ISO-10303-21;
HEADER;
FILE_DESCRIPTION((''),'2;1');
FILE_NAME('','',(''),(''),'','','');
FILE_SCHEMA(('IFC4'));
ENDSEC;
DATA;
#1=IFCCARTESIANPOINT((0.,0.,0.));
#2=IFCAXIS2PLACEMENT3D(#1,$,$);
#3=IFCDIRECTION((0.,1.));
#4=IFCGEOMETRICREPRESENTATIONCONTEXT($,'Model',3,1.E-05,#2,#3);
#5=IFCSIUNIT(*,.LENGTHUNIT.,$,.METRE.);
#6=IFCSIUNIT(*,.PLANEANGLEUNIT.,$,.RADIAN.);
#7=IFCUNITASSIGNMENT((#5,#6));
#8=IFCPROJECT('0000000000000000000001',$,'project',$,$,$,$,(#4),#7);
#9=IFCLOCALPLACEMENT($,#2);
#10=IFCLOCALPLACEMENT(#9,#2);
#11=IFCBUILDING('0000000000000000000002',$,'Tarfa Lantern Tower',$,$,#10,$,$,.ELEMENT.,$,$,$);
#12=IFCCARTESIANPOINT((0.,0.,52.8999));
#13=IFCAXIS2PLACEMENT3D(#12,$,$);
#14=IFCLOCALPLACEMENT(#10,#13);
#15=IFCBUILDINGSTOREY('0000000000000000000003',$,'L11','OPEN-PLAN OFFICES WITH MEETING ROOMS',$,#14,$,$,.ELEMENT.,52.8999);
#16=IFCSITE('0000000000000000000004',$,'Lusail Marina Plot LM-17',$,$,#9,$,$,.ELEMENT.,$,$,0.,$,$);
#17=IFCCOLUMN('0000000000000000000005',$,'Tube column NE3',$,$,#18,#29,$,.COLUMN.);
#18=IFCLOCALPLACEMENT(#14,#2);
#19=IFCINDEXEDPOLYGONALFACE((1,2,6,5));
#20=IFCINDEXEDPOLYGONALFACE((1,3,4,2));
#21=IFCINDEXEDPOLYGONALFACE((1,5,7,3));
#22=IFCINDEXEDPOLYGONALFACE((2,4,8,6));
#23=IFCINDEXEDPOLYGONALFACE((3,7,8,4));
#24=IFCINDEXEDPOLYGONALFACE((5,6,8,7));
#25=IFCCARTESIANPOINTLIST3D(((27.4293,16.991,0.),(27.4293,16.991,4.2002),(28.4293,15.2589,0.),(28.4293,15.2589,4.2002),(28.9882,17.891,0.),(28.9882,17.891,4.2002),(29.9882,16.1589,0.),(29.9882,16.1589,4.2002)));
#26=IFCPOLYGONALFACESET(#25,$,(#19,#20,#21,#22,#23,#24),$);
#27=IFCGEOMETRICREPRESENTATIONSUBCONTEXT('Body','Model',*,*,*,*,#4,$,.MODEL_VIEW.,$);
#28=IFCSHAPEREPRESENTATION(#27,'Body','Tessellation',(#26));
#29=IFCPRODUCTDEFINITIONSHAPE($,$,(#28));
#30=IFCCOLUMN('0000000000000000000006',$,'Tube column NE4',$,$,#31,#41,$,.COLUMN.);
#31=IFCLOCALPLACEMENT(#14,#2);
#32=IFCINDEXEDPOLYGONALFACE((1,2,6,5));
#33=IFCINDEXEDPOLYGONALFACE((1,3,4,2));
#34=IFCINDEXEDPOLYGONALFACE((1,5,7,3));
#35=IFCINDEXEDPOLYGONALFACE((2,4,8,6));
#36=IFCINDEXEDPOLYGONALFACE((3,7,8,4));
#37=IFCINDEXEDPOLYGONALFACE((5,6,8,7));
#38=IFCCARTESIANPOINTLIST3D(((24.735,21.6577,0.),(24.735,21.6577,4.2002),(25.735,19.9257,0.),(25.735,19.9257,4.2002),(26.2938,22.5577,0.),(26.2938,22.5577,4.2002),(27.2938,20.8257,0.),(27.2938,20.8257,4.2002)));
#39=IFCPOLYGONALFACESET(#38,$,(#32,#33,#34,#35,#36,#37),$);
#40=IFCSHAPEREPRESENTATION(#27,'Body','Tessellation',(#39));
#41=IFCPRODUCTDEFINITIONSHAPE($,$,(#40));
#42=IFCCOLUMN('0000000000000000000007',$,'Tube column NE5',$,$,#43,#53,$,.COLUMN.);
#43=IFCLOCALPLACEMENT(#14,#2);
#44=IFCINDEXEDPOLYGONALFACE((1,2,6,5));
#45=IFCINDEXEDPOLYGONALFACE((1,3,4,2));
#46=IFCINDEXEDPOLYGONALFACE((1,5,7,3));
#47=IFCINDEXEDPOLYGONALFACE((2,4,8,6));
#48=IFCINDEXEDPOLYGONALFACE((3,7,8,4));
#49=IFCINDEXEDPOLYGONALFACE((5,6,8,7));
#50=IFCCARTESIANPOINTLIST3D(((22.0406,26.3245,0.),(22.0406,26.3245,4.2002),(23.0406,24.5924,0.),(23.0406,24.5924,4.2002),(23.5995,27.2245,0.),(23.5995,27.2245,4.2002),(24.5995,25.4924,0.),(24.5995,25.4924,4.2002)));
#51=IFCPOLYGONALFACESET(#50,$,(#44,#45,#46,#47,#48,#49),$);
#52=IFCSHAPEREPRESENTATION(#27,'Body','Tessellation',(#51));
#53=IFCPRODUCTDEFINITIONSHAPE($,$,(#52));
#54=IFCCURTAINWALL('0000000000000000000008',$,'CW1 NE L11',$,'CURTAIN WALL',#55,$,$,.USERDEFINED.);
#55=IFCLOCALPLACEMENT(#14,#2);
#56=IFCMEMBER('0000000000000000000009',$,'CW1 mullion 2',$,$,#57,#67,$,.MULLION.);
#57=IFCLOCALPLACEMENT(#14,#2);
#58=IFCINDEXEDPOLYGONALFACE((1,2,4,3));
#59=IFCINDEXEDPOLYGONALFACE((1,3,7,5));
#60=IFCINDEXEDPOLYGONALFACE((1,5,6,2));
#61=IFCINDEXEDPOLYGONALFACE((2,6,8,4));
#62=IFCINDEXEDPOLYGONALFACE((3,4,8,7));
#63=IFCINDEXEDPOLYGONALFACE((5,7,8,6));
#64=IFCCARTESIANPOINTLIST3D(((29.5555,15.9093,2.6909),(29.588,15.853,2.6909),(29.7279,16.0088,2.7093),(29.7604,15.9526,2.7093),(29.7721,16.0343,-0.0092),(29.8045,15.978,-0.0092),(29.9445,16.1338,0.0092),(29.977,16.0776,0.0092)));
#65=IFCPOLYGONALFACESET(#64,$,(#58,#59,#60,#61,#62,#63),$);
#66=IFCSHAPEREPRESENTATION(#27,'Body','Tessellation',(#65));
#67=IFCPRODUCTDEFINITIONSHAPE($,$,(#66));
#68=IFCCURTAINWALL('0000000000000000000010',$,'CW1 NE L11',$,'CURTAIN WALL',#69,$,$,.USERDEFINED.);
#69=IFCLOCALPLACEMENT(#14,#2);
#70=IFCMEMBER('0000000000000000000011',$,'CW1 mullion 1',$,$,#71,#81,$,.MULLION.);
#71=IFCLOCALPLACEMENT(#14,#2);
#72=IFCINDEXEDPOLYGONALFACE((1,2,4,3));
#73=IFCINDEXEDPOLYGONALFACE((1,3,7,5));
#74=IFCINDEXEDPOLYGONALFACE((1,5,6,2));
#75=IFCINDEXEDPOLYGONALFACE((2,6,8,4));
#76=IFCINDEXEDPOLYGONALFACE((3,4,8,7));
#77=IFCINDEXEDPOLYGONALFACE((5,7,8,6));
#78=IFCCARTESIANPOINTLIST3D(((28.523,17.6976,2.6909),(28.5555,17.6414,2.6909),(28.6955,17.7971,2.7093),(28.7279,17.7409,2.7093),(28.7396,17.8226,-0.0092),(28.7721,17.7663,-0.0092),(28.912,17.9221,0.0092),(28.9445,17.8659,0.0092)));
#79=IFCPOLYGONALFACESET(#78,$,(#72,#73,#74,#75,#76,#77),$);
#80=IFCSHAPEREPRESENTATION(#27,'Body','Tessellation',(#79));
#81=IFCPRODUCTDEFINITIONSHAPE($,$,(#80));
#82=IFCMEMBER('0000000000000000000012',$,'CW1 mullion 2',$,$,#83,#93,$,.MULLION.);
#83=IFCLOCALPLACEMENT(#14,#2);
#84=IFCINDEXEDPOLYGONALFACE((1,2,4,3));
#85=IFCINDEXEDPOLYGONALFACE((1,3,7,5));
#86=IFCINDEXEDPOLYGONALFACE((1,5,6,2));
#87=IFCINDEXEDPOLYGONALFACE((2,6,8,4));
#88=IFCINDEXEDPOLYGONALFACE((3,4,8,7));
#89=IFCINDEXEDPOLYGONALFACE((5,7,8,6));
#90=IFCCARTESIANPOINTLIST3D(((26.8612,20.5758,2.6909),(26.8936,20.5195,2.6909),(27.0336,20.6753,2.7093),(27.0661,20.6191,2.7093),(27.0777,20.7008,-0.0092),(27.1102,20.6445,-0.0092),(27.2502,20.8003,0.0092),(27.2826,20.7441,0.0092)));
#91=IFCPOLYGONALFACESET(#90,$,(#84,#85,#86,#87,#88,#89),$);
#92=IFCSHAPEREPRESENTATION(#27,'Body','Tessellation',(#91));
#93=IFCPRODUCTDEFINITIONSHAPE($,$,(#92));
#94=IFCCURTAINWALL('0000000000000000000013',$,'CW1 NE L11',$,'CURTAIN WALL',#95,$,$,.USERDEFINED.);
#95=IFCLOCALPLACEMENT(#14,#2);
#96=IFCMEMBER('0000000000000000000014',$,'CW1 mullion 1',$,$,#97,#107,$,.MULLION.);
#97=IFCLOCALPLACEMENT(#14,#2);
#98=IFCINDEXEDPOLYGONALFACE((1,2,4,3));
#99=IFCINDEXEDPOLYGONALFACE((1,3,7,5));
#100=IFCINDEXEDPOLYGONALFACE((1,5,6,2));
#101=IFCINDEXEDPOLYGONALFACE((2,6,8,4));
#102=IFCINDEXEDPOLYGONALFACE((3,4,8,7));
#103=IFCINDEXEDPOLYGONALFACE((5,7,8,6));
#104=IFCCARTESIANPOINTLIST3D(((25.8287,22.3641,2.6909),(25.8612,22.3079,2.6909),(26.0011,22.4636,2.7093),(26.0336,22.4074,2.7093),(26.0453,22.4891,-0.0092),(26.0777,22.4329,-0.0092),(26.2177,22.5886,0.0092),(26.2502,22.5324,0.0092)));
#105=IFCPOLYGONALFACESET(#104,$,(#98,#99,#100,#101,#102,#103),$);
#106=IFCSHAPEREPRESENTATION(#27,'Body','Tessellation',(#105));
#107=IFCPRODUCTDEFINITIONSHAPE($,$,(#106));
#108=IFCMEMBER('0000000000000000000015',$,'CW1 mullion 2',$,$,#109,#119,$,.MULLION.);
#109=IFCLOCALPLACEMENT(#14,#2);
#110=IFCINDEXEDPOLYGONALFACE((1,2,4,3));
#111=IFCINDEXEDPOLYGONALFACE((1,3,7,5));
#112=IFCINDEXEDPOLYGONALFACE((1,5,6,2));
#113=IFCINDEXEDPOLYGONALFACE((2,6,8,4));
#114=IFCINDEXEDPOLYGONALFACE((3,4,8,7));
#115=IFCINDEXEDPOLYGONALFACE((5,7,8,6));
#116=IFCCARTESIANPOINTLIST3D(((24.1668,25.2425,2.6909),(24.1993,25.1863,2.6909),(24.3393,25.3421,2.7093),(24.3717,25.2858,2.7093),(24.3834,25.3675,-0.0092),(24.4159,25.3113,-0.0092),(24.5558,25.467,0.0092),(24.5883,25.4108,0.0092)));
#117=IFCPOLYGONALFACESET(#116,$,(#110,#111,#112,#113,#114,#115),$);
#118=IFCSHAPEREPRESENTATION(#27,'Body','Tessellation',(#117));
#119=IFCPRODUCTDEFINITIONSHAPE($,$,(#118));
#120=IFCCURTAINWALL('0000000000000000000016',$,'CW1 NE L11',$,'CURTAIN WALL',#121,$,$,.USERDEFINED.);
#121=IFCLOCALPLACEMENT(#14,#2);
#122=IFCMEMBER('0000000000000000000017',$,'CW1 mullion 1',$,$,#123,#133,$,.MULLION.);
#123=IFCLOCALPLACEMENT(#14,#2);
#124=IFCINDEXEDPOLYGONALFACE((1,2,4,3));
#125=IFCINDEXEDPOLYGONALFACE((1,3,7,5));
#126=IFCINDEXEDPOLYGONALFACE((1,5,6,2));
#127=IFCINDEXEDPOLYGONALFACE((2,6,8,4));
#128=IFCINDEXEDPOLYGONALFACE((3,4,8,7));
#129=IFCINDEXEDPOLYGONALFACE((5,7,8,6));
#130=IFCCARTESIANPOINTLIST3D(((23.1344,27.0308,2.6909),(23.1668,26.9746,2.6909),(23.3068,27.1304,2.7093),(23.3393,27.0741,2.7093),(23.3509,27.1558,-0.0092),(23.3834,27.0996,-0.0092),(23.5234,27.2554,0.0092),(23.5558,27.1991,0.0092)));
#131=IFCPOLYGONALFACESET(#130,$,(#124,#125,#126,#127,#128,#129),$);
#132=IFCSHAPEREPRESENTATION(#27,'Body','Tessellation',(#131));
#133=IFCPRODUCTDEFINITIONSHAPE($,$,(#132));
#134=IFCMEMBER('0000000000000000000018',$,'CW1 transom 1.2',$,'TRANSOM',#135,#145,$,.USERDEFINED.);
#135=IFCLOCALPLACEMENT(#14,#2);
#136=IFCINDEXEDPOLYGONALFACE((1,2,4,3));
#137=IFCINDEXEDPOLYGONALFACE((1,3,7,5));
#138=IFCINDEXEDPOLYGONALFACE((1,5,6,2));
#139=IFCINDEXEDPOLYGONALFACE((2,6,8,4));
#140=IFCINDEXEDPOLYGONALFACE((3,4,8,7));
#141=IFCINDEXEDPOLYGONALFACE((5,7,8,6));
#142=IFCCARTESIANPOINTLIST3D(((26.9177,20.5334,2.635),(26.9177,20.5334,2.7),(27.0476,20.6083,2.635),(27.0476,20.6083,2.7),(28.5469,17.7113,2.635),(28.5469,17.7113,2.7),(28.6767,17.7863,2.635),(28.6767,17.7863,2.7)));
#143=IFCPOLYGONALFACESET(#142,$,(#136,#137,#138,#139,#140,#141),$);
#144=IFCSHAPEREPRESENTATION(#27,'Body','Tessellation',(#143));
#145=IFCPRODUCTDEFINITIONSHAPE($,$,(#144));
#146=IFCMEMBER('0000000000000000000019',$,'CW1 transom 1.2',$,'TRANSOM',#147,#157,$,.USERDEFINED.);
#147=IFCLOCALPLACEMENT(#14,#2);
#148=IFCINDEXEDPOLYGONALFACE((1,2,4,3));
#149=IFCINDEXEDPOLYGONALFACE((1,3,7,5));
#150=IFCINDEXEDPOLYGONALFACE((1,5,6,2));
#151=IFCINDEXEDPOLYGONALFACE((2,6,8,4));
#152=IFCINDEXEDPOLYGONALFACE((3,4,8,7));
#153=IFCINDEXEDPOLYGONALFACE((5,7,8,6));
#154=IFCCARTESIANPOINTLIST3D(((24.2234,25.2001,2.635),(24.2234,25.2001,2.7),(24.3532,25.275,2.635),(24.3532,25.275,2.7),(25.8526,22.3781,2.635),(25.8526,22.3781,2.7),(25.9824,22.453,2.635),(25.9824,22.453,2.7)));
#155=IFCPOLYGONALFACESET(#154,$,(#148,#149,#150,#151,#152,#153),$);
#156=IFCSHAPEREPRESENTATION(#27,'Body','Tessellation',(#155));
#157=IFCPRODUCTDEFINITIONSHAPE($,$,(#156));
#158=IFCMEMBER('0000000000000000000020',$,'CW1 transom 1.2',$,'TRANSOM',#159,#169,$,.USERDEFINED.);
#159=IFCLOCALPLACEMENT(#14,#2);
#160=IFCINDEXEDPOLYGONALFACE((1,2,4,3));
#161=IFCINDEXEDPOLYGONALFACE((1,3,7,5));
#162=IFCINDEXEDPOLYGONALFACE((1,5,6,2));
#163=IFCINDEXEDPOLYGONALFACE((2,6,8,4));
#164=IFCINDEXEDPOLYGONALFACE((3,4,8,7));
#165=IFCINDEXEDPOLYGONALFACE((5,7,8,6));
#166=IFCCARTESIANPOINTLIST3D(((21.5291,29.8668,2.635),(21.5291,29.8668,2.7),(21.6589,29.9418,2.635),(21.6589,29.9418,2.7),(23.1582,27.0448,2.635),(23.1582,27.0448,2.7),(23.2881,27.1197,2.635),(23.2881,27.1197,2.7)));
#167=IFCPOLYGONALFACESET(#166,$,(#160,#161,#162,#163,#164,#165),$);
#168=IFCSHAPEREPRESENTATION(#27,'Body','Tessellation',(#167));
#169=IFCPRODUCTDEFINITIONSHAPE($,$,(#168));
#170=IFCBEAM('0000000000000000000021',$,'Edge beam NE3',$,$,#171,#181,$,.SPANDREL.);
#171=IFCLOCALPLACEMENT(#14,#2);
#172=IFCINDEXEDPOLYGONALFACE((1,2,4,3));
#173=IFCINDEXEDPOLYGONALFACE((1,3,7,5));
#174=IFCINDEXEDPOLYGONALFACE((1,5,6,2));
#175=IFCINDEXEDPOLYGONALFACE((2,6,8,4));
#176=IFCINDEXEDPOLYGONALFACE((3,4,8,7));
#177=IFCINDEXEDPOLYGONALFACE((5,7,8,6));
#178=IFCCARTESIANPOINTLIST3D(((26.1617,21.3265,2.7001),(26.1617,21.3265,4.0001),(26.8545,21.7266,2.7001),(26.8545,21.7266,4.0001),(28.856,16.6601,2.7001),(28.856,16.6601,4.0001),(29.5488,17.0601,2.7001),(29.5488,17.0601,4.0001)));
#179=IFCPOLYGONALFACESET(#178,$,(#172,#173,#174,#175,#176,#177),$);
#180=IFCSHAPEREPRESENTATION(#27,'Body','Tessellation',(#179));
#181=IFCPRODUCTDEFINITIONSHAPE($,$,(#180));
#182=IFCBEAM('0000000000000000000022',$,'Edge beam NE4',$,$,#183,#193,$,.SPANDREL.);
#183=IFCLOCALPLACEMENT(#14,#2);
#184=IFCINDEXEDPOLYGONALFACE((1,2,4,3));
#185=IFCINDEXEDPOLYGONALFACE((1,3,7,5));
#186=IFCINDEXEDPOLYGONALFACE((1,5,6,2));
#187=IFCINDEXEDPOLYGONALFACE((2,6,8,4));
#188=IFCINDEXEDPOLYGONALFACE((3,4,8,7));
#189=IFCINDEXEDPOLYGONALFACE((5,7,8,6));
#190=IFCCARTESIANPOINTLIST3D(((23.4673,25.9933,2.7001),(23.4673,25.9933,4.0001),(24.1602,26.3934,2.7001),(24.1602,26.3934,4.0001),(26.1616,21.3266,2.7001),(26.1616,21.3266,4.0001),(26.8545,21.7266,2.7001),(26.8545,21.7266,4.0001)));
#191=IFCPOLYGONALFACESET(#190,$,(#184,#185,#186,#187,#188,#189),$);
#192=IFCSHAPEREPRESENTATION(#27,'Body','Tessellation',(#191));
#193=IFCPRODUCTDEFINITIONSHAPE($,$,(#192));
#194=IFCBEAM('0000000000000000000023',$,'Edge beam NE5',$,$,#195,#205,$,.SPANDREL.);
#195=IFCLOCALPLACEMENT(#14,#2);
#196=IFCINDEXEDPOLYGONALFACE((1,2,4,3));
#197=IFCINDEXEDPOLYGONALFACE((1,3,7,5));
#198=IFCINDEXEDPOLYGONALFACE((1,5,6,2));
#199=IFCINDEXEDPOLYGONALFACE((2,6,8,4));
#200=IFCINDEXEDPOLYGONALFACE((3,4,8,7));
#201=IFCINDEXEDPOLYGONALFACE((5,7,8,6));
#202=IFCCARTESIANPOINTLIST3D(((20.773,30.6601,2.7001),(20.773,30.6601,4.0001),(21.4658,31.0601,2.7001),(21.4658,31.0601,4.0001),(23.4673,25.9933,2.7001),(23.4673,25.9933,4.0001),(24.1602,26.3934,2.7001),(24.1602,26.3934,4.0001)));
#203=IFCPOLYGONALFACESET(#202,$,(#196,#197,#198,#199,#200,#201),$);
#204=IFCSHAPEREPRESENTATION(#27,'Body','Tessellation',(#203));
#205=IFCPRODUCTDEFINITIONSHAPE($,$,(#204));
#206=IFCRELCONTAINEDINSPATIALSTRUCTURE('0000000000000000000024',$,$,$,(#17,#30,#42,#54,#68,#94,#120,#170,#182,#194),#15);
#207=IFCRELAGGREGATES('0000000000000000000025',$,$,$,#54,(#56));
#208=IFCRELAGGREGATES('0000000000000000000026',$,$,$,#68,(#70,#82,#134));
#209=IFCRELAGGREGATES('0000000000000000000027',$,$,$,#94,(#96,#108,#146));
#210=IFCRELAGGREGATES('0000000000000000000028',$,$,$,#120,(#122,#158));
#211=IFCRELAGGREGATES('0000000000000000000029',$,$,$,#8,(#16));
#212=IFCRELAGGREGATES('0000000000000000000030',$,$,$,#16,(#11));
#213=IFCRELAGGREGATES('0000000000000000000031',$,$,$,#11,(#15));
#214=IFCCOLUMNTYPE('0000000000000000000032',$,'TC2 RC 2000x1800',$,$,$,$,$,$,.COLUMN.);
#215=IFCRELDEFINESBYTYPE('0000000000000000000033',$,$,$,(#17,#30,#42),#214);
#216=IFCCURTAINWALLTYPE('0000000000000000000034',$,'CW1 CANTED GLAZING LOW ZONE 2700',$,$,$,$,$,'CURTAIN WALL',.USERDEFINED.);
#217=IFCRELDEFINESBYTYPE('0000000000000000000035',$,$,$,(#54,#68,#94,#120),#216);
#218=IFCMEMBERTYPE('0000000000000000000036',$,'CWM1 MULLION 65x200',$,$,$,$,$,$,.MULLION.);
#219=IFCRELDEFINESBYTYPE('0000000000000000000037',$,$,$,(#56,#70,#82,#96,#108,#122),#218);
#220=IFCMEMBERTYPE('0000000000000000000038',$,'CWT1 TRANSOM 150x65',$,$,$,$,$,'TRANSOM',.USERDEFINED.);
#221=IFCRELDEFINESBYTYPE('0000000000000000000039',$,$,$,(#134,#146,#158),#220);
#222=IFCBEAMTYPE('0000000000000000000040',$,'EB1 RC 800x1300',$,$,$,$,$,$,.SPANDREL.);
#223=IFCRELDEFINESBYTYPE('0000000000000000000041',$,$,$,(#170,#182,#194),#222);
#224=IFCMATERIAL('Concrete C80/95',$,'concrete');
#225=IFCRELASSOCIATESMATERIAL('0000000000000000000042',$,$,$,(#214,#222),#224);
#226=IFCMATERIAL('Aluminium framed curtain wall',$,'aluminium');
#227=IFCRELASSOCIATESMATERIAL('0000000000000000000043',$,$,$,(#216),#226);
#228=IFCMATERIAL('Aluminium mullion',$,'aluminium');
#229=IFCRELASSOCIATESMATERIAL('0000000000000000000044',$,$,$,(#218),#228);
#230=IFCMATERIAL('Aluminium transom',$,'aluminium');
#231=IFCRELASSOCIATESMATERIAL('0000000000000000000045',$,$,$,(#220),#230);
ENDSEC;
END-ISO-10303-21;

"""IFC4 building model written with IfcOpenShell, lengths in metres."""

from ifc_helpers import new_model, si_unit, direction, frame, origin, origin_2d, place, context, subcontext, project, spatial, rectangle, extrude, material, material_profile, profile_set, type_object, element, aggregate, save


model = new_model("IFC4")

# Units and contexts
model_context = context("Model", 3, precision=1e-05, world=origin(), true_north=direction((0.0, 1.0)))
body_context = subcontext(model_context, "Body", "Model", "MODEL_VIEW")
ifc_project = project(units=[si_unit("LENGTHUNIT", "METRE"), si_unit("PLANEANGLEUNIT", "RADIAN")], contexts=[model_context])

# Site, building, storey
site_placement = place(None, origin())
site = spatial("IfcSite", under=ifc_project, at=site_placement, Name="Lusail Marina Plot LM-17", CompositionType="ELEMENT", RefElevation=0.0)
building_placement = place(site_placement, origin())
building = spatial("IfcBuilding", under=site, at=building_placement, Name="Tarfa Lantern Tower", CompositionType="ELEMENT")
storey_placement = place(building_placement, frame((0.0, 0.0, 52.8999)))
storey = spatial("IfcBuildingStorey", under=building, at=storey_placement, Name="L11", Description="OPEN-PLAN OFFICES WITH MEETING ROOMS", CompositionType="ELEMENT", Elevation=52.8999)

# Columns
ifc_material_1 = material(Name="Concrete C80/95", Category="concrete")
ifc_material_profile_1 = material_profile(ifc_material_1, rectangle(XDim=2.0, YDim=1.8, at=origin_2d()), Name="RC 2000x1800")
ifc_profile_set_1 = profile_set([ifc_material_profile_1], Name="Concrete C80/95")
column_type = type_object("IfcColumnType", Name="TC2 RC 2000x1800", PredefinedType="COLUMN", material=ifc_profile_set_1)
for number, where, z_axis, x_axis, name in (
    (1, (28.7087, 16.575, 0.0), (0.0, 0.0, 1.0), (-0.5, 0.866025, 0.0), "Tube column NE3"),
    (2, (26.0144, 21.2417, 0.0), (0.0, 0.0, 1.0), (-0.5, 0.866025, 0.0), "Tube column NE4"),
    (3, (23.3201, 25.9084, 0.0), (0.0, 0.0, 1.0), (-0.5, 0.866025, 0.0), "Tube column NE5"),
):
    element("IfcColumn", number, at=place(storey_placement, frame(where, z_axis=z_axis, x_axis=x_axis)), inside=storey, type_object=column_type, Name=name, PredefinedType="COLUMN", context=body_context, shape_type="SweptSolid", body=[
        extrude(rectangle(XDim=2.0, YDim=1.8, at=origin_2d()), origin(), (0.0, 0.0, 1.0), 4.2002),
    ])

# Curtain wall, member
ifc_material_2 = material(Name="Aluminium framed curtain wall", Category="aluminium")
curtain_wall_type = type_object("IfcCurtainWallType", Name="CW1 CANTED GLAZING LOW ZONE 2700", ElementType="CURTAIN WALL", PredefinedType="USERDEFINED", material=ifc_material_2)
curtain_wall_1_placement = place(storey_placement, origin())
curtain_wall_1 = element("IfcCurtainWall", 4, at=curtain_wall_1_placement, inside=storey, type_object=curtain_wall_type, Name="CW1 NE L11", ObjectType="CURTAIN WALL", PredefinedType="USERDEFINED")
ifc_material_3 = material(Name="Aluminium mullion", Category="aluminium")
ifc_material_profile_2 = material_profile(ifc_material_3, rectangle(XDim=0.0649, YDim=0.2, at=origin_2d()), Name="AL MULLION 65x200")
ifc_profile_set_2 = profile_set([ifc_material_profile_2], Name="Aluminium mullion")
member_type_1 = type_object("IfcMemberType", Name="CWM1 MULLION 65x200", PredefinedType="MULLION", material=ifc_profile_set_2)
member_1_placement = place(storey_placement, frame((29.8745, 16.0559, 0.0), z_axis=(-0.079857, -0.046096, 0.99574), x_axis=(0.49992, -0.866072, 0.0)))
member_1 = element("IfcMember", 5, at=member_1_placement, type_object=member_type_1, Name="CW1 mullion 2", PredefinedType="MULLION", context=body_context, shape_type="SweptSolid", body=[
    extrude(rectangle(XDim=0.0649, YDim=0.2, at=origin_2d()), origin(), (0.0, 0.0, 1.0), 2.7117),
])
aggregate(curtain_wall_1, [member_1])

# Curtain walls, members
curtain_wall_2_placement = place(storey_placement, origin())
curtain_wall_2 = element("IfcCurtainWall", 6, at=curtain_wall_2_placement, inside=storey, type_object=curtain_wall_type, Name="CW1 NE L11", ObjectType="CURTAIN WALL", PredefinedType="USERDEFINED")
member_2_placement = place(storey_placement, frame((28.842, 17.8442, 0.0), z_axis=(-0.079857, -0.046096, 0.99574), x_axis=(0.49992, -0.866072, 0.0)))
member_2 = element("IfcMember", 7, at=member_2_placement, type_object=member_type_1, Name="CW1 mullion 1", PredefinedType="MULLION", context=body_context, shape_type="SweptSolid", body=[
    extrude(rectangle(XDim=0.0649, YDim=0.2, at=origin_2d()), origin(), (0.0, 0.0, 1.0), 2.7117),
])
member_3_placement = place(storey_placement, frame((27.1802, 20.7224, 0.0), z_axis=(-0.079857, -0.046096, 0.99574), x_axis=(0.49992, -0.866072, 0.0)))
member_3 = element("IfcMember", 8, at=member_3_placement, type_object=member_type_1, Name="CW1 mullion 2", PredefinedType="MULLION", context=body_context, shape_type="SweptSolid", body=[
    extrude(rectangle(XDim=0.0649, YDim=0.2, at=origin_2d()), origin(), (0.0, 0.0, 1.0), 2.7117),
])
curtain_wall_3_placement = place(storey_placement, origin())
curtain_wall_3 = element("IfcCurtainWall", 9, at=curtain_wall_3_placement, inside=storey, type_object=curtain_wall_type, Name="CW1 NE L11", ObjectType="CURTAIN WALL", PredefinedType="USERDEFINED")
member_4_placement = place(storey_placement, frame((26.1477, 22.5107, 0.0), z_axis=(-0.079857, -0.046096, 0.99574), x_axis=(0.49992, -0.866072, 0.0)))
member_4 = element("IfcMember", 10, at=member_4_placement, type_object=member_type_1, Name="CW1 mullion 1", PredefinedType="MULLION", context=body_context, shape_type="SweptSolid", body=[
    extrude(rectangle(XDim=0.0649, YDim=0.2, at=origin_2d()), origin(), (0.0, 0.0, 1.0), 2.7117),
])
member_5_placement = place(storey_placement, frame((24.4858, 25.3892, 0.0), z_axis=(-0.079857, -0.046096, 0.99574), x_axis=(0.49992, -0.866072, 0.0)))
member_5 = element("IfcMember", 11, at=member_5_placement, type_object=member_type_1, Name="CW1 mullion 2", PredefinedType="MULLION", context=body_context, shape_type="SweptSolid", body=[
    extrude(rectangle(XDim=0.0649, YDim=0.2, at=origin_2d()), origin(), (0.0, 0.0, 1.0), 2.7117),
])

# Curtain wall, member
curtain_wall_4_placement = place(storey_placement, origin())
curtain_wall_4 = element("IfcCurtainWall", 12, at=curtain_wall_4_placement, inside=storey, type_object=curtain_wall_type, Name="CW1 NE L11", ObjectType="CURTAIN WALL", PredefinedType="USERDEFINED")
member_6_placement = place(storey_placement, frame((23.4534, 27.1775, 0.0), z_axis=(-0.079857, -0.046096, 0.99574), x_axis=(0.49992, -0.866072, 0.0)))
member_6 = element("IfcMember", 13, at=member_6_placement, type_object=member_type_1, Name="CW1 mullion 1", PredefinedType="MULLION", context=body_context, shape_type="SweptSolid", body=[
    extrude(rectangle(XDim=0.0649, YDim=0.2, at=origin_2d()), origin(), (0.0, 0.0, 1.0), 2.7117),
])

# Members
ifc_material_4 = material(Name="Aluminium transom", Category="aluminium")
ifc_material_profile_3 = material_profile(ifc_material_4, rectangle(XDim=0.1499, YDim=0.0649, at=origin_2d()), Name="AL TRANSOM 150x65")
ifc_profile_set_3 = profile_set([ifc_material_profile_3], Name="Aluminium transom")
member_type_2 = type_object("IfcMemberType", Name="CWT1 TRANSOM 150x65", ElementType="TRANSOM", PredefinedType="USERDEFINED", material=ifc_profile_set_3)
member_7_placement = place(storey_placement, frame((28.6118, 17.7488, 2.6675), z_axis=(-0.499967, 0.866045, 0.0), x_axis=(-0.866045, -0.499967, 0.0)))
member_7 = element("IfcMember", 14, at=member_7_placement, type_object=member_type_2, Name="CW1 transom 1.2", ObjectType="TRANSOM", PredefinedType="USERDEFINED", context=body_context, shape_type="SweptSolid", body=[
    extrude(rectangle(XDim=0.1499, YDim=0.0649, at=origin_2d()), origin(), (0.0, 0.0, 1.0), 3.2585),
])
member_8_placement = place(storey_placement, frame((25.9175, 22.4155, 2.6675), z_axis=(-0.499967, 0.866045, 0.0), x_axis=(-0.866045, -0.499967, 0.0)))
member_8 = element("IfcMember", 15, at=member_8_placement, type_object=member_type_2, Name="CW1 transom 1.2", ObjectType="TRANSOM", PredefinedType="USERDEFINED", context=body_context, shape_type="SweptSolid", body=[
    extrude(rectangle(XDim=0.1499, YDim=0.0649, at=origin_2d()), origin(), (0.0, 0.0, 1.0), 3.2585),
])
member_9_placement = place(storey_placement, frame((23.2231, 27.0823, 2.6675), z_axis=(-0.499967, 0.866045, 0.0), x_axis=(-0.866045, -0.499967, 0.0)))
member_9 = element("IfcMember", 16, at=member_9_placement, type_object=member_type_2, Name="CW1 transom 1.2", ObjectType="TRANSOM", PredefinedType="USERDEFINED", context=body_context, shape_type="SweptSolid", body=[
    extrude(rectangle(XDim=0.1499, YDim=0.0649, at=origin_2d()), origin(), (0.0, 0.0, 1.0), 3.2585),
])

# Beams
ifc_material_profile_4 = material_profile(ifc_material_1, rectangle(XDim=0.8, YDim=1.3, at=origin_2d()), Name="RC 800x1300")
ifc_profile_set_4 = profile_set([ifc_material_profile_4], Name="Concrete C80/95")
beam_type_1 = type_object("IfcBeamType", Name="EB1 RC 800x1300", PredefinedType="SPANDREL", material=ifc_profile_set_4)
beam_1_placement = place(storey_placement, frame((29.2024, 16.8601, 3.3501), z_axis=(-0.500018, 0.866015, 0.0), x_axis=(-0.866015, -0.500018, 0.0)))
element("IfcBeam", 17, at=beam_1_placement, inside=storey, type_object=beam_type_1, Name="Edge beam NE3", PredefinedType="SPANDREL", context=body_context, shape_type="SweptSolid", body=[
    extrude(rectangle(XDim=0.8, YDim=1.3, at=origin_2d()), origin(), (0.0, 0.0, 1.0), 5.3884),
])
for number, where, z_axis, x_axis, name in (
    (18, (26.5081, 21.5266, 3.3501), (-0.499998, 0.866026, 0.0), (-0.866026, -0.499998, 0.0), "Edge beam NE4"),
    (19, (23.8137, 26.1934, 3.3501), (-0.499998, 0.866026, 0.0), (-0.866026, -0.499998, 0.0), "Edge beam NE5"),
):
    element("IfcBeam", number, at=place(storey_placement, frame(where, z_axis=z_axis, x_axis=x_axis)), inside=storey, type_object=beam_type_1, Name=name, PredefinedType="SPANDREL", context=body_context, shape_type="SweptSolid", body=[
        extrude(rectangle(XDim=0.8, YDim=1.3, at=origin_2d()), origin(), (0.0, 0.0, 1.0), 5.3887),
    ])

aggregate(curtain_wall_2, [member_2, member_3, member_7])
aggregate(curtain_wall_3, [member_4, member_5, member_8])
aggregate(curtain_wall_4, [member_6, member_9])

save(model, "model.ifc")
